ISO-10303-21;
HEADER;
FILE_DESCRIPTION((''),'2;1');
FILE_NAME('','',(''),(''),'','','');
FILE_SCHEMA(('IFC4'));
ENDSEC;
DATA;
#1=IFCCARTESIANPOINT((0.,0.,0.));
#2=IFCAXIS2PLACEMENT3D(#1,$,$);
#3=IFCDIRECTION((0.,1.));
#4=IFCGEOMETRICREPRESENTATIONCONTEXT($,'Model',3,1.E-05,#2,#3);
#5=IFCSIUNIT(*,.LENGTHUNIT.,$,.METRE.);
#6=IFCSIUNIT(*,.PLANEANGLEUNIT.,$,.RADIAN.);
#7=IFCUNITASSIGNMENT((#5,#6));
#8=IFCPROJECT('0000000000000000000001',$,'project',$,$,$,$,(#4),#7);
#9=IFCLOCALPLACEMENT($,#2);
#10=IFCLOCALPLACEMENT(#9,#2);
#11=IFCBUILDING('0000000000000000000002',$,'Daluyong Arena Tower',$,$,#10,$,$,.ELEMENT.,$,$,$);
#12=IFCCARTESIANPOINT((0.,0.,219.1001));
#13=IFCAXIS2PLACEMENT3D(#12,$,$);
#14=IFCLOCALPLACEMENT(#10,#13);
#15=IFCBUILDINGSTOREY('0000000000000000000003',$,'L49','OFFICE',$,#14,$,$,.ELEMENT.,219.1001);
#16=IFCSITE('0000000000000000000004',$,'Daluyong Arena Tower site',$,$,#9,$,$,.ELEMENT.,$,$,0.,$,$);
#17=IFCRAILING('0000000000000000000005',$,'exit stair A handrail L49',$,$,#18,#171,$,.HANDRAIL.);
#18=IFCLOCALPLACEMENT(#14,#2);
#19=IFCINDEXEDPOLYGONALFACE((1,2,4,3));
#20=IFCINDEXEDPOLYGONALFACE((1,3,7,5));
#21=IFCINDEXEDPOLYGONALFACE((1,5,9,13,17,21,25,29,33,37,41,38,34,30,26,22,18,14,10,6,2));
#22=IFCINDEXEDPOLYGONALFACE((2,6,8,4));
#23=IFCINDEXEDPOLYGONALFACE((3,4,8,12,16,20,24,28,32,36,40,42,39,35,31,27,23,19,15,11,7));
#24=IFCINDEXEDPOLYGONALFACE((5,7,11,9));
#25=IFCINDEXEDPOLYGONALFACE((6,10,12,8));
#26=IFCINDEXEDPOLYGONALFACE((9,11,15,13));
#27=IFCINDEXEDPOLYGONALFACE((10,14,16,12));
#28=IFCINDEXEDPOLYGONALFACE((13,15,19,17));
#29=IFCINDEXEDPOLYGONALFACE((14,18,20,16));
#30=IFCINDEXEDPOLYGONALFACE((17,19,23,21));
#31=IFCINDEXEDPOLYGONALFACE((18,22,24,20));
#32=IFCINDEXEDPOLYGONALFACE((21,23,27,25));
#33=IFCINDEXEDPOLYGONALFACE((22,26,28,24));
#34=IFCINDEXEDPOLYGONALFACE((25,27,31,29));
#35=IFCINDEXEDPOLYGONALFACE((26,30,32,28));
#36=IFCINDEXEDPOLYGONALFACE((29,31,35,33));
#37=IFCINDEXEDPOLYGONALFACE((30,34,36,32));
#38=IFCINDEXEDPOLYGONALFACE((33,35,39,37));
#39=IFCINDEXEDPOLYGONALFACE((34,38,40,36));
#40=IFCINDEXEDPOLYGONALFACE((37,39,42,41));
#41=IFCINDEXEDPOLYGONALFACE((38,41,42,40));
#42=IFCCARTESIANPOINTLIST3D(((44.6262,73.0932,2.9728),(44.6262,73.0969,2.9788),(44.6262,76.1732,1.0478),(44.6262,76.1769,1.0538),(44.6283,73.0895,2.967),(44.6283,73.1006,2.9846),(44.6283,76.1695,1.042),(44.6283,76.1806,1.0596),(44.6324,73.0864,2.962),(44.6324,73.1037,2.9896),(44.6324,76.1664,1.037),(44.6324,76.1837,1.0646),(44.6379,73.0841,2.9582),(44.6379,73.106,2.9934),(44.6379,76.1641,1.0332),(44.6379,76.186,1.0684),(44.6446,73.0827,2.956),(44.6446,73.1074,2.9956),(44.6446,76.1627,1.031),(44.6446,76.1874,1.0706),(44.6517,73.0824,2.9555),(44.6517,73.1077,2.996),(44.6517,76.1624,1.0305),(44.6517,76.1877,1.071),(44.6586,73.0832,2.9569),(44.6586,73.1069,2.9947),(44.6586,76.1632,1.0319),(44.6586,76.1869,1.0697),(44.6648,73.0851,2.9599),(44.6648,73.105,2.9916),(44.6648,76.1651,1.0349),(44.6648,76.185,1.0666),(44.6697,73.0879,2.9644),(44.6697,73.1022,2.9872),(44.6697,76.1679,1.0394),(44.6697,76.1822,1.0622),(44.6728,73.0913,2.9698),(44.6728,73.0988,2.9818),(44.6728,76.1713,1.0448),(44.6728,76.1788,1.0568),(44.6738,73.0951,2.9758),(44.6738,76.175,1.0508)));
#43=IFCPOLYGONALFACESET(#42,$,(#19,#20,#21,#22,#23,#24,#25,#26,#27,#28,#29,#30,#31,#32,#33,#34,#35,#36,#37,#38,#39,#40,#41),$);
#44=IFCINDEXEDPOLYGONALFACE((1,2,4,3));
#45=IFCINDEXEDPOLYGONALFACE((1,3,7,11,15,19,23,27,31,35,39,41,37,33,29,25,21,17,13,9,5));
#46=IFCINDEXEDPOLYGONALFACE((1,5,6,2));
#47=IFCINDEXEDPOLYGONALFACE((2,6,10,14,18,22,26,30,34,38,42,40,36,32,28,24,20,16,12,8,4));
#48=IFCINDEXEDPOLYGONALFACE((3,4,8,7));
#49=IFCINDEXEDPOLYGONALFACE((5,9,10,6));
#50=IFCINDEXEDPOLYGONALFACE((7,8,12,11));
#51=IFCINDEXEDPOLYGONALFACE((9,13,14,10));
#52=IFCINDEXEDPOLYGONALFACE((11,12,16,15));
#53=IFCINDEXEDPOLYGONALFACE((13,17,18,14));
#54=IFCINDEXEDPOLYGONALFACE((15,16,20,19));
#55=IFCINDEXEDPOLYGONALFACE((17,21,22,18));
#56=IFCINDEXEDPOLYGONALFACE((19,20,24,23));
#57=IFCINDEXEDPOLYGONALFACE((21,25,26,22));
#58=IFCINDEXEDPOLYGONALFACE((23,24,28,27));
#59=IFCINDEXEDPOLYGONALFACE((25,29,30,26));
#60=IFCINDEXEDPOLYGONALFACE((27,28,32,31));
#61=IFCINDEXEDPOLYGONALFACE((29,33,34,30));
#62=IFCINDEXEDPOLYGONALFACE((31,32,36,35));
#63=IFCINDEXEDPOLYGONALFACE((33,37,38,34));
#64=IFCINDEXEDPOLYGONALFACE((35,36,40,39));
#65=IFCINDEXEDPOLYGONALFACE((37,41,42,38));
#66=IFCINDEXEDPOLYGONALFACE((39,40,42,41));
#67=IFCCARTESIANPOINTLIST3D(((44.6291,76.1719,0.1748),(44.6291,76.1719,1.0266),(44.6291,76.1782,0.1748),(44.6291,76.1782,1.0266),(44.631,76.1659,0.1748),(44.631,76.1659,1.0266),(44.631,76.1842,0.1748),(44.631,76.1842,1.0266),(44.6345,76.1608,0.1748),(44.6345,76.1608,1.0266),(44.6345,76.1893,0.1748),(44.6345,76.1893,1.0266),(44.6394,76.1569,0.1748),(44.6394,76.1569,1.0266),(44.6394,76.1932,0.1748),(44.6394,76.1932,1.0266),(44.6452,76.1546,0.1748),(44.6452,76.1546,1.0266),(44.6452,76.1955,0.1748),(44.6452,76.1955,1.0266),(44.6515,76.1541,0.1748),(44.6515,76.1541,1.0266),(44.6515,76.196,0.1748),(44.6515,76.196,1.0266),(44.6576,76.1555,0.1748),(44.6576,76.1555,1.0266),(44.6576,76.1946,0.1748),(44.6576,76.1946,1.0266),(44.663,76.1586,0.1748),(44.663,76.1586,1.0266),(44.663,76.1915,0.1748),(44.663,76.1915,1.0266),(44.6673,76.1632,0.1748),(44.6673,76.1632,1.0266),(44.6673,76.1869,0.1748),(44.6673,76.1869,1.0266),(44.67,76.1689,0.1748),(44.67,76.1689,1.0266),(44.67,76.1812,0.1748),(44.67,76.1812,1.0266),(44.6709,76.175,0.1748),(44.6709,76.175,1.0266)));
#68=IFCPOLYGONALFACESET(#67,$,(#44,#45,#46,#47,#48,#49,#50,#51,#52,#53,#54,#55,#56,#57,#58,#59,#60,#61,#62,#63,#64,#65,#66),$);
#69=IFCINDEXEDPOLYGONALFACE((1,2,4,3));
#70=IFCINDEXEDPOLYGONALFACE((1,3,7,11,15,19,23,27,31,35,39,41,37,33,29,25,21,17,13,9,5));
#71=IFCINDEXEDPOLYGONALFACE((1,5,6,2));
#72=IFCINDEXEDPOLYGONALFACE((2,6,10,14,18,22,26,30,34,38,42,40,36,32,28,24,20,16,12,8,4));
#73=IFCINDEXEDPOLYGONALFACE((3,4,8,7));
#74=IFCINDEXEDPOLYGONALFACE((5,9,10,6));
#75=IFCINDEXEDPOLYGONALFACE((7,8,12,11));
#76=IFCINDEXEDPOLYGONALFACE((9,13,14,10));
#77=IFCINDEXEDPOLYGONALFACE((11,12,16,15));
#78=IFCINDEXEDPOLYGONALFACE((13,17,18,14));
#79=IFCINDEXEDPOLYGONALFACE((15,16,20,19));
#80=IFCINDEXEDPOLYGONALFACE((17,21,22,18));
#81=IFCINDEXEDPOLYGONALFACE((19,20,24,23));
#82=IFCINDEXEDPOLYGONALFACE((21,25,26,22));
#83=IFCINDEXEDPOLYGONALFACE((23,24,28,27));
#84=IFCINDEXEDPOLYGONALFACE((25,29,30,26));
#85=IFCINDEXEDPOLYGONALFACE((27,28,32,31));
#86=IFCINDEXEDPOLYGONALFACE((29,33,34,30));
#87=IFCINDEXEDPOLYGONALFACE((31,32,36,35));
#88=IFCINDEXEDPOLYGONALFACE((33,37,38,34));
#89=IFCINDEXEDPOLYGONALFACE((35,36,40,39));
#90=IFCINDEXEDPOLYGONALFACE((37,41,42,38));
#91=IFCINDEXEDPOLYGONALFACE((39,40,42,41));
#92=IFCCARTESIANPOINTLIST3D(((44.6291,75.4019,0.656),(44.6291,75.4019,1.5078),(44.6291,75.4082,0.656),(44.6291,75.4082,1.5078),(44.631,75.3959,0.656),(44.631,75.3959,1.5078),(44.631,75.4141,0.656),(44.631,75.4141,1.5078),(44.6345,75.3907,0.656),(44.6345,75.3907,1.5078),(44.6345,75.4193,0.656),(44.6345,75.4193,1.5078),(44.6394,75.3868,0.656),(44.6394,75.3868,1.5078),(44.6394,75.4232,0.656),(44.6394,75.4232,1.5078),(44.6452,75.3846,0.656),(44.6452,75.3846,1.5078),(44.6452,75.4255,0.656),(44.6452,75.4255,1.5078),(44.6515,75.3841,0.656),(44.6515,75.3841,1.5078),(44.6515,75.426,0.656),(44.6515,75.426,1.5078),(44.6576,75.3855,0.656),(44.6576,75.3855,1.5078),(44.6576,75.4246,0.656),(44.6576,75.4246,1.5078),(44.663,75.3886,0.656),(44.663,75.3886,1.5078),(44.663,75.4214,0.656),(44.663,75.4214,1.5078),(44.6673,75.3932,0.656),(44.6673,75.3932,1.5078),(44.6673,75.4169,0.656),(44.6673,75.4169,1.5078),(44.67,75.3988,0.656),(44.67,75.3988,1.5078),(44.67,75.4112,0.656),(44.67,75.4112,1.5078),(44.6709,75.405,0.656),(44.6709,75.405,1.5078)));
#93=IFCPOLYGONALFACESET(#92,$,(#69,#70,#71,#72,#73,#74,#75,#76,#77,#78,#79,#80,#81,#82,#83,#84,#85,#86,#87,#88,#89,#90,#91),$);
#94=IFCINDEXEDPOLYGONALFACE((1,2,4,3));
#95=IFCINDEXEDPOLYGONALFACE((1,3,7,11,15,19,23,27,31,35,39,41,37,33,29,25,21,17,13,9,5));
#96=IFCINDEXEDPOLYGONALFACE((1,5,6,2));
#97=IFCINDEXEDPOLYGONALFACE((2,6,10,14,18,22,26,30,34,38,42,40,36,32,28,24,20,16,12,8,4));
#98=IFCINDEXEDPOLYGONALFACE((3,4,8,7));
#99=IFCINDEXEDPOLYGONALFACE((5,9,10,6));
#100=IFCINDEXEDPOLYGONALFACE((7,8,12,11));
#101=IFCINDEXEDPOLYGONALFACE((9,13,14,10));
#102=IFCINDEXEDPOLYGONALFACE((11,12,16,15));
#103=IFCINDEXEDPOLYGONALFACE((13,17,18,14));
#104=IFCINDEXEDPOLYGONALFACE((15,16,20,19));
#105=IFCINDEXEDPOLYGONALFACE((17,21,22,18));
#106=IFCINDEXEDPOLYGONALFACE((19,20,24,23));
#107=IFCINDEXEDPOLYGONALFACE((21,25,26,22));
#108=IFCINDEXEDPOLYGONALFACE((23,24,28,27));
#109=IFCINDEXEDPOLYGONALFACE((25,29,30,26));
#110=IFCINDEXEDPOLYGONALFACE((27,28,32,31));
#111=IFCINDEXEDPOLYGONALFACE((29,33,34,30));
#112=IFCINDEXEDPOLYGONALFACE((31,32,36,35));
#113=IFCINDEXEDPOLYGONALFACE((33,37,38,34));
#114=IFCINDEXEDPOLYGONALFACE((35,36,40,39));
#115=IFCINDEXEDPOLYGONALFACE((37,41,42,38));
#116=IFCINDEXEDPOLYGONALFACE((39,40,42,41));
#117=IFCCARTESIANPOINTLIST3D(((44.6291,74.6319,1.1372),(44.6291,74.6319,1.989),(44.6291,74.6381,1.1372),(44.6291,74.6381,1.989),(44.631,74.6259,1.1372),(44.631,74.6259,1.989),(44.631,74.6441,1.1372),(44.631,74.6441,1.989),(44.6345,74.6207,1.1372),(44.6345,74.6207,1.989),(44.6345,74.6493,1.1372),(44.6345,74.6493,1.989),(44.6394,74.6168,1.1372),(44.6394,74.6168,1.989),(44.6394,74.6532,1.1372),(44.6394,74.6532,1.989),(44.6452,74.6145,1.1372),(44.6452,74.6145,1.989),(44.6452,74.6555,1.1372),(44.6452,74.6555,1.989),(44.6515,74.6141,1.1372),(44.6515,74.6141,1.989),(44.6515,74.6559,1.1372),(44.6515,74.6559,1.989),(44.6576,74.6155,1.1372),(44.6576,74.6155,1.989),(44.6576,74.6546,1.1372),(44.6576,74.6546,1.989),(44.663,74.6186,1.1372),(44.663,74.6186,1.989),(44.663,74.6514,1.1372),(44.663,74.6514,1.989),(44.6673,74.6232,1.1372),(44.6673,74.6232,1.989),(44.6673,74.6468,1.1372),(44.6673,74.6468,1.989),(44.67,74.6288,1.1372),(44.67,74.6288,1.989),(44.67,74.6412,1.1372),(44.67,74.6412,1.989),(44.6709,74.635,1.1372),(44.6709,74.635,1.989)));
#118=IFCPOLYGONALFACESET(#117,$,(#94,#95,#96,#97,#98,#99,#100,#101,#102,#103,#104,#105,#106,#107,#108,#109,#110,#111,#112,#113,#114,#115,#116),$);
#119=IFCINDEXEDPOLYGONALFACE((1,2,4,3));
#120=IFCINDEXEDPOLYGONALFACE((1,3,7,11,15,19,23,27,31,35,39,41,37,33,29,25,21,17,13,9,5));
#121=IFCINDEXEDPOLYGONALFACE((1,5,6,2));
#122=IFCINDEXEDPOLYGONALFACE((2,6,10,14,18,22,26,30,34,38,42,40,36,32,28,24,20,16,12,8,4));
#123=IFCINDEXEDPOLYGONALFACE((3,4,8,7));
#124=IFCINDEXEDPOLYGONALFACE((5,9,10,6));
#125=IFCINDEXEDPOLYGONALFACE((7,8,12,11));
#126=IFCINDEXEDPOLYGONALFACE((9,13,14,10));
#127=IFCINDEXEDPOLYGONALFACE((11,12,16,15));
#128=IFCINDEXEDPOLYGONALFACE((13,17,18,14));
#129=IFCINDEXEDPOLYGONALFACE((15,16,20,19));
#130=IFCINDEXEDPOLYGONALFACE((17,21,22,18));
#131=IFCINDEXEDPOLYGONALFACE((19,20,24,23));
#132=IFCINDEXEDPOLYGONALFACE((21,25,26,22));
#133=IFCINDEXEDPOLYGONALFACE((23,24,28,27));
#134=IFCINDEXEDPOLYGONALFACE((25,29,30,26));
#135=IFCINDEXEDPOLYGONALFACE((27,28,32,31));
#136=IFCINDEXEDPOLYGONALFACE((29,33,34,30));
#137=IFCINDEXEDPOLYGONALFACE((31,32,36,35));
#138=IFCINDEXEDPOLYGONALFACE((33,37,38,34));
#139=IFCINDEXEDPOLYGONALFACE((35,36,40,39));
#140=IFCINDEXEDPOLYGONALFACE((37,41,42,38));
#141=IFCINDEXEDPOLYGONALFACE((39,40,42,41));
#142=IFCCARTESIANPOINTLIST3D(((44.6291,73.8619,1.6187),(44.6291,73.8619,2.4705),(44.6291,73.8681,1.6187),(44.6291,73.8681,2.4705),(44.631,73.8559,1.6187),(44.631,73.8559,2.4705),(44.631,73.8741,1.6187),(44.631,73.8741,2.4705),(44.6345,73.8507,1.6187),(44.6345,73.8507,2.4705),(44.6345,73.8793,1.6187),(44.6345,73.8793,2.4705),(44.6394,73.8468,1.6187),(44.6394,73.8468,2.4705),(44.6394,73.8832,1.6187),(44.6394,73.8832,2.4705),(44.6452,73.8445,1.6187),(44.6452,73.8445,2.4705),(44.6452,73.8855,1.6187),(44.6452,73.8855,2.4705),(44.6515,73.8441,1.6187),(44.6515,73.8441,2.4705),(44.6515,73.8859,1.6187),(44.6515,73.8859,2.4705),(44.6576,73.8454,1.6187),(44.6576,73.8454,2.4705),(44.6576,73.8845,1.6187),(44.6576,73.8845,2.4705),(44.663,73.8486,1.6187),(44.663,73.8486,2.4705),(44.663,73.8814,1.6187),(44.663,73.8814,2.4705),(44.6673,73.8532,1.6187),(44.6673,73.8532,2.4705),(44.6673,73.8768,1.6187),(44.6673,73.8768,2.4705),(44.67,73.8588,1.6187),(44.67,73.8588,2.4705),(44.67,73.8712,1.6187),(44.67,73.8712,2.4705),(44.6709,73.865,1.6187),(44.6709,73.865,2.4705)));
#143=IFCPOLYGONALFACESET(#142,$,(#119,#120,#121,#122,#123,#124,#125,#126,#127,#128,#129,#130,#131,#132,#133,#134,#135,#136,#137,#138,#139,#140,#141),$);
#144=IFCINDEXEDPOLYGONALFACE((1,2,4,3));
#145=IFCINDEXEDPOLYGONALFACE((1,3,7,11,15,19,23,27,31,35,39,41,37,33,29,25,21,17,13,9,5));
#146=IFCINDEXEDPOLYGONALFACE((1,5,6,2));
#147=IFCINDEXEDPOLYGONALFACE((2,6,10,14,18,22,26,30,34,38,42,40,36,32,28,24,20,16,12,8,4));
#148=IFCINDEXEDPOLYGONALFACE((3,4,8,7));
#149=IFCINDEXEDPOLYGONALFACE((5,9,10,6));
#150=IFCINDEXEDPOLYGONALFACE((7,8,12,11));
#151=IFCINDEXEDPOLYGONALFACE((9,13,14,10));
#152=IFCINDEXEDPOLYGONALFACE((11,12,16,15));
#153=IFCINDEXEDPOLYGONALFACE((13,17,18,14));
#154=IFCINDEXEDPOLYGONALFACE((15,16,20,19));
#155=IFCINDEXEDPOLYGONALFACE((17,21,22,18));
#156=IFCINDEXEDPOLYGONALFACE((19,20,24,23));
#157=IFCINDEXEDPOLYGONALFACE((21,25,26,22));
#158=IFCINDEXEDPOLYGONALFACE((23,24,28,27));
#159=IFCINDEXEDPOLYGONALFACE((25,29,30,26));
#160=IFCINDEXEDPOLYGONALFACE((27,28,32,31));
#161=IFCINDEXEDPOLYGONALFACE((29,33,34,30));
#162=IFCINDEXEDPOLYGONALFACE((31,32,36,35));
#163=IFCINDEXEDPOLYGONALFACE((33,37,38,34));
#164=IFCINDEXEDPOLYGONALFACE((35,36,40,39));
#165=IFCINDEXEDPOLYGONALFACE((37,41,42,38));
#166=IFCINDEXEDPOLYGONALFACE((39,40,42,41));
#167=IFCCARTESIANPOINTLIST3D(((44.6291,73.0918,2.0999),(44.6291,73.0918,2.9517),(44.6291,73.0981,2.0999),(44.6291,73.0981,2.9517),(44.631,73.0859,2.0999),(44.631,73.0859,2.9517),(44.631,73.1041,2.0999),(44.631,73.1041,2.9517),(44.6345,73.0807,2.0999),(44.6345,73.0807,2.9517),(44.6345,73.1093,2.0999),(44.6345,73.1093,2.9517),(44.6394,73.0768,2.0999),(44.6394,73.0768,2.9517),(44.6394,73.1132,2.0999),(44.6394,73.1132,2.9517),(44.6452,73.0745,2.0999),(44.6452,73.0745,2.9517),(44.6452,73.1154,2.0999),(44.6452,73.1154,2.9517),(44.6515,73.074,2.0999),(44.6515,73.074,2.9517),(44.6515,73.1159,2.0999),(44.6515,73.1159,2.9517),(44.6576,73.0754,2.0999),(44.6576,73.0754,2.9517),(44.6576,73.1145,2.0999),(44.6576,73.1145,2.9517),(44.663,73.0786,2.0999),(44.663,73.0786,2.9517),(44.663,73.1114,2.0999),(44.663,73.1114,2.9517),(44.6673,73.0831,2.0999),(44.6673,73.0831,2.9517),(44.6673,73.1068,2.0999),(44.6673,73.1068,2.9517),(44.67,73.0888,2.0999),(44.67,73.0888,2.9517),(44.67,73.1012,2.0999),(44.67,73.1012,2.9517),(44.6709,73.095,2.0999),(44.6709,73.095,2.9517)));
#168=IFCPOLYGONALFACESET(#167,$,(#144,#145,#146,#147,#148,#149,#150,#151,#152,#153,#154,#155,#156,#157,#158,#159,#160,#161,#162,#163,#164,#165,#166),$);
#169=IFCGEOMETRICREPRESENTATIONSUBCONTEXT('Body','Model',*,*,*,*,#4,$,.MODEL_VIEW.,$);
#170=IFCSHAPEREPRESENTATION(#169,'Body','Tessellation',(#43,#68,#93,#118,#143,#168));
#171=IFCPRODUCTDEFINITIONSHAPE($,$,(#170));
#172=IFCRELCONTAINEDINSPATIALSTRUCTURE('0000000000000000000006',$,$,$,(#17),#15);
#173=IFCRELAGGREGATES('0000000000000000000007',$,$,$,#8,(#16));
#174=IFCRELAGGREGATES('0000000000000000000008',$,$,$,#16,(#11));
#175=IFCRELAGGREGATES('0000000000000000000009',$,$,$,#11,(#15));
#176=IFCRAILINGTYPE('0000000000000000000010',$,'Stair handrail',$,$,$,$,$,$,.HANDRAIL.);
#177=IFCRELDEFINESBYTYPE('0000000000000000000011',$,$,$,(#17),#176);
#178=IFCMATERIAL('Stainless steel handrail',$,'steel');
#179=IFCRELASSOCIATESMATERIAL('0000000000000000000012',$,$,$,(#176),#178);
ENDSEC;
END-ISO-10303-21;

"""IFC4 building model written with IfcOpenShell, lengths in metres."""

from ifc_helpers import new_model, si_unit, direction, frame, origin, origin_2d, place, context, subcontext, project, spatial, circle, extrude, material, type_object, element, save


model = new_model("IFC4")

# Units and contexts
model_context = context("Model", 3, precision=1e-05, world=origin(), true_north=direction((0.0, 1.0)))
body_context = subcontext(model_context, "Body", "Model", "MODEL_VIEW")
ifc_project = project(units=[si_unit("LENGTHUNIT", "METRE"), si_unit("PLANEANGLEUNIT", "RADIAN")], contexts=[model_context])

# Site, building, storey
site_placement = place(None, origin())
site = spatial("IfcSite", under=ifc_project, at=site_placement, Name="Daluyong Arena Tower site", CompositionType="ELEMENT", RefElevation=0.0)
building_placement = place(site_placement, origin())
building = spatial("IfcBuilding", under=site, at=building_placement, Name="Daluyong Arena Tower", CompositionType="ELEMENT")
storey_placement = place(building_placement, frame((0.0, 0.0, 219.1001)))
storey = spatial("IfcBuildingStorey", under=building, at=storey_placement, Name="L49", Description="OFFICE", CompositionType="ELEMENT", Elevation=219.1001)

# Railing
ifc_material_1 = material(Name="Stainless steel handrail", Category="steel")
railing_type_1 = type_object("IfcRailingType", Name="Stair handrail", PredefinedType="HANDRAIL", material=ifc_material_1)
railing_1_placement = place(storey_placement, frame((44.6499, 76.175, 0.1748)))
element("IfcRailing", 1, at=railing_1_placement, inside=storey, type_object=railing_type_1, Name="exit stair A handrail L49", PredefinedType="HANDRAIL", context=body_context, shape_type="SweptSolid", body=[
    extrude(circle(Radius=0.0239, at=origin_2d()), frame((0.0, 0.0, 0.876), z_axis=(0.0, -0.847998, 0.529999), x_axis=(1.0, 0.0, 0.0)), (0.0, 0.0, 1.0), 3.6321),
    extrude(circle(Radius=0.021, at=origin_2d()), origin(), (0.0, 0.0, 1.0), 0.8518),
    extrude(circle(Radius=0.021, at=origin_2d()), frame((0.0, -0.77, 0.4812)), (0.0, 0.0, 1.0), 0.8518),
    extrude(circle(Radius=0.021, at=origin_2d()), frame((0.0, -1.54, 0.9624)), (0.0, 0.0, 1.0), 0.8518),
    extrude(circle(Radius=0.021, at=origin_2d()), frame((0.0, -2.3101, 1.4438)), (0.0, 0.0, 1.0), 0.8518),
    extrude(circle(Radius=0.021, at=origin_2d()), frame((0.0, -3.0801, 1.925)), (0.0, 0.0, 1.0), 0.8518),
])

save(model, "model.ifc")
